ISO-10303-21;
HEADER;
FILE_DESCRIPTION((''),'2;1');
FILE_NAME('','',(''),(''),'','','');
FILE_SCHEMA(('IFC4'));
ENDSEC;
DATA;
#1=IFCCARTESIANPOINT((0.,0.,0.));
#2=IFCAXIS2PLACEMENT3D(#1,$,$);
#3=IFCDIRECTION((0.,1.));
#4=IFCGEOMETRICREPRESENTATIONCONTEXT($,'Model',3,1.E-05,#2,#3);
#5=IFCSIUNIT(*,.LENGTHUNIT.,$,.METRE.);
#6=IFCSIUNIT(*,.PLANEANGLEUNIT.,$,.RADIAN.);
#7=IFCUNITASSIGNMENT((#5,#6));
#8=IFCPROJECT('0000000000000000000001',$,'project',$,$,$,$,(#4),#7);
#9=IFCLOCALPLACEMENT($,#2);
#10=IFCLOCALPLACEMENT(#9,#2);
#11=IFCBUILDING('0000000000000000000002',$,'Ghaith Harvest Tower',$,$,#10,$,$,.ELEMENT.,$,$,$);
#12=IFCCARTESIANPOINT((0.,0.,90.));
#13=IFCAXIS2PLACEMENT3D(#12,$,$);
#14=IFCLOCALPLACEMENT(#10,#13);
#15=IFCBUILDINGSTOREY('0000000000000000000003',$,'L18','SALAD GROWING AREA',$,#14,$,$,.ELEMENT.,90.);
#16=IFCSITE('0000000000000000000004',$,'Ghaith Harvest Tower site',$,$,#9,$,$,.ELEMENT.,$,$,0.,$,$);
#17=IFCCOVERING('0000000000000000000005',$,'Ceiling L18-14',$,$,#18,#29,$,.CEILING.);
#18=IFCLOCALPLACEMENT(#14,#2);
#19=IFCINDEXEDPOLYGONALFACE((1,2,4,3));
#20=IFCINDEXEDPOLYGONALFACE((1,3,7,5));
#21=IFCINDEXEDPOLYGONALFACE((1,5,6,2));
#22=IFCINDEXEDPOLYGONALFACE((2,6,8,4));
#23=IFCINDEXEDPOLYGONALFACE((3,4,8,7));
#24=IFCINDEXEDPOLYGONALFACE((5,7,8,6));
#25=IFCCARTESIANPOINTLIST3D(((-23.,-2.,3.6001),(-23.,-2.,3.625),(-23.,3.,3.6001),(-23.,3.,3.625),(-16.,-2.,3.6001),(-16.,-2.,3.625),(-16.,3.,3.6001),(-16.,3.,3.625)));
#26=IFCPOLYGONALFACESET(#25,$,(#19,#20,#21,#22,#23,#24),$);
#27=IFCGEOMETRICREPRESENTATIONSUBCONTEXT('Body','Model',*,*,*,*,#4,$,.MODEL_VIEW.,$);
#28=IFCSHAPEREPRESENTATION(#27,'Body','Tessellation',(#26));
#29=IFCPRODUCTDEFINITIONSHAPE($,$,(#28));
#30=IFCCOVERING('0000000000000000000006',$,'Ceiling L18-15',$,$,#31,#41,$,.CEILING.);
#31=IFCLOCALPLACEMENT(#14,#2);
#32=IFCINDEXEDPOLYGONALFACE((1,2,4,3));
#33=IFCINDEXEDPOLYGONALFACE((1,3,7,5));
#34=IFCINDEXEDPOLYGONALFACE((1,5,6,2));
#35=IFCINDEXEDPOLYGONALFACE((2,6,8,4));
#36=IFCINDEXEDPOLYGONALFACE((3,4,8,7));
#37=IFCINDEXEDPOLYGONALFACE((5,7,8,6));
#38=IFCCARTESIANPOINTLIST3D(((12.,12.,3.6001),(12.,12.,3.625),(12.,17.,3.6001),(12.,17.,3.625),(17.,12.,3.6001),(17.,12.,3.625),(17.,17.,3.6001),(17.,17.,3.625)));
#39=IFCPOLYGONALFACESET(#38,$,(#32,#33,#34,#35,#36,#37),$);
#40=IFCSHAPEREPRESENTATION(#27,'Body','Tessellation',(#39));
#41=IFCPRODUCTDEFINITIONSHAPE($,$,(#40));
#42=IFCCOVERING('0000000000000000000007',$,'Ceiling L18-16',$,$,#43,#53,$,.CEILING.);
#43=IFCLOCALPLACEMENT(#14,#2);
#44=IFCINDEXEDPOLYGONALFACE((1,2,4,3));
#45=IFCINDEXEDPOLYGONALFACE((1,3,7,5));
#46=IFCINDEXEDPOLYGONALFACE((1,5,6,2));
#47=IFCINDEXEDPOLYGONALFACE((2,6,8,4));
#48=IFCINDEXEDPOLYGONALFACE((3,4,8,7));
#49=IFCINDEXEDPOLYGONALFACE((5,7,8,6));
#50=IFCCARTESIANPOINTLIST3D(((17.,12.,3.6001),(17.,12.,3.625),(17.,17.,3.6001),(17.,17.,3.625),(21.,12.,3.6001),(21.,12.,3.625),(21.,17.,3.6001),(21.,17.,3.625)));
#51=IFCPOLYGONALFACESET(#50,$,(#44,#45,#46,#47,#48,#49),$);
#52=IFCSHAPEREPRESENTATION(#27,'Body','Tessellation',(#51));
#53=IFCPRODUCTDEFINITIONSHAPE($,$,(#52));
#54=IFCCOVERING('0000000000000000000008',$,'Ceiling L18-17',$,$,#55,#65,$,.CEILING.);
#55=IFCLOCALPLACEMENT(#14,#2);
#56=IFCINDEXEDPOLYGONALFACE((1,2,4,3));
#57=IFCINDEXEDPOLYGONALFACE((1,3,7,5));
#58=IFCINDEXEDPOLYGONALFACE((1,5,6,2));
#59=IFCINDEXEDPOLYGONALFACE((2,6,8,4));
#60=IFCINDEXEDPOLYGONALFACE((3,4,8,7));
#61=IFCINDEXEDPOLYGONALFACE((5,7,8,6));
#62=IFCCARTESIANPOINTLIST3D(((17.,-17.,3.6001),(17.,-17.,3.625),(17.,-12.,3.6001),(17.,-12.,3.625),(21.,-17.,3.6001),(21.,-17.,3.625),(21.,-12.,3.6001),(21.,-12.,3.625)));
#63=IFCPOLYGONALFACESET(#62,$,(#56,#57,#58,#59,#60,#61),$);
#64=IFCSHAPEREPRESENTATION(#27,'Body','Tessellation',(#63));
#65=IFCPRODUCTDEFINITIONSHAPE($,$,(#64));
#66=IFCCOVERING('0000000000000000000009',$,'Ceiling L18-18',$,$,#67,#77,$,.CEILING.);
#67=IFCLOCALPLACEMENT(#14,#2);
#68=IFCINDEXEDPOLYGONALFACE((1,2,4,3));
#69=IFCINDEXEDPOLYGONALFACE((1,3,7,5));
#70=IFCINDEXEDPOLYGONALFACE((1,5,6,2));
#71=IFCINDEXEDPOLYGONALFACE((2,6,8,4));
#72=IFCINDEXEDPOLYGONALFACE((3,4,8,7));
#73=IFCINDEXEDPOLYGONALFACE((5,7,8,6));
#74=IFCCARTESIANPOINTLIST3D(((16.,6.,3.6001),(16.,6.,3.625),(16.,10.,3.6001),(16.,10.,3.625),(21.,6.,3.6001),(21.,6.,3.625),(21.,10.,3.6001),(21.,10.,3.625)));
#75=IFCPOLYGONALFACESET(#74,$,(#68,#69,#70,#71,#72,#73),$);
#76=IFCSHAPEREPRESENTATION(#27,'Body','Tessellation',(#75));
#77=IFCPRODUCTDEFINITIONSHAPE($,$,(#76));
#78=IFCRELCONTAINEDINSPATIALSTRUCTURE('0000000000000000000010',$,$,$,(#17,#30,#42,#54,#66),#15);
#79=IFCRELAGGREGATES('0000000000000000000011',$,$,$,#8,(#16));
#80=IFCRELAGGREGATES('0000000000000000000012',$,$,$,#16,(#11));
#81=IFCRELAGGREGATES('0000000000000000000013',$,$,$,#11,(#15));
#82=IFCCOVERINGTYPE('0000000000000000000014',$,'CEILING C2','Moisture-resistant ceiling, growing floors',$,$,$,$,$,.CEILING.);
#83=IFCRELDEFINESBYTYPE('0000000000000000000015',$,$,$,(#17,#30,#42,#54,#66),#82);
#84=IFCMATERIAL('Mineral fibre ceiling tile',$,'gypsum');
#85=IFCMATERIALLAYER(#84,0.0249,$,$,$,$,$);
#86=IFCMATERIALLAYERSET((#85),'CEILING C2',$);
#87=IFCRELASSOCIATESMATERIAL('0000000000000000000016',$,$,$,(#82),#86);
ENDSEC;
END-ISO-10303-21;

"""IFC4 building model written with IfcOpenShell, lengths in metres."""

from ifc_helpers import new_model, si_unit, direction, frame, origin, place, context, subcontext, project, spatial, polyline, outline, extrude, material, layer, layer_set, type_object, element, save


model = new_model("IFC4")

# Units and contexts
model_context = context("Model", 3, precision=1e-05, world=origin(), true_north=direction((0.0, 1.0)))
body_context = subcontext(model_context, "Body", "Model", "MODEL_VIEW")
ifc_project = project(units=[si_unit("LENGTHUNIT", "METRE"), si_unit("PLANEANGLEUNIT", "RADIAN")], contexts=[model_context])

# Site, building, storey
site_placement = place(None, origin())
site = spatial("IfcSite", under=ifc_project, at=site_placement, Name="Ghaith Harvest Tower site", CompositionType="ELEMENT", RefElevation=0.0)
building_placement = place(site_placement, origin())
building = spatial("IfcBuilding", under=site, at=building_placement, Name="Ghaith Harvest Tower", CompositionType="ELEMENT")
storey_placement = place(building_placement, frame((0.0, 0.0, 90.0)))
storey = spatial("IfcBuildingStorey", under=building, at=storey_placement, Name="L18", Description="SALAD GROWING AREA", CompositionType="ELEMENT", Elevation=90.0)

# Coverings
ifc_material_1 = material(Name="Mineral fibre ceiling tile", Category="gypsum")
ifc_layer_1 = layer(ifc_material_1, 0.0249)
ifc_layer_set_1 = layer_set([ifc_layer_1], Name="CEILING C2")
covering_type = type_object("IfcCoveringType", Name="CEILING C2", Description="Moisture-resistant ceiling, growing floors", PredefinedType="CEILING", material=ifc_layer_set_1)
covering_1_placement = place(storey_placement, frame((0.0, 0.0, 3.6001)))
element("IfcCovering", 1, at=covering_1_placement, inside=storey, type_object=covering_type, Name="Ceiling L18-14", PredefinedType="CEILING", context=body_context, shape_type="SweptSolid", body=[
    extrude(outline(polyline([(-23.0, -2.0), (-16.0, -2.0), (-16.0, 3.0), (-23.0, 3.0), (-23.0, -2.0)])), origin(), (0.0, 0.0, 1.0), 0.0249),
])
covering_2_placement = place(storey_placement, frame((0.0, 0.0, 3.6001)))
element("IfcCovering", 2, at=covering_2_placement, inside=storey, type_object=covering_type, Name="Ceiling L18-15", PredefinedType="CEILING", context=body_context, shape_type="SweptSolid", body=[
    extrude(outline(polyline([(12.0, 12.0), (17.0, 12.0), (17.0, 17.0), (12.0, 17.0), (12.0, 12.0)])), origin(), (0.0, 0.0, 1.0), 0.0249),
])
covering_3_placement = place(storey_placement, frame((0.0, 0.0, 3.6001)))
element("IfcCovering", 3, at=covering_3_placement, inside=storey, type_object=covering_type, Name="Ceiling L18-16", PredefinedType="CEILING", context=body_context, shape_type="SweptSolid", body=[
    extrude(outline(polyline([(17.0, 12.0), (21.0, 12.0), (21.0, 17.0), (17.0, 17.0), (17.0, 12.0)])), origin(), (0.0, 0.0, 1.0), 0.0249),
])
covering_4_placement = place(storey_placement, frame((0.0, 0.0, 3.6001)))
element("IfcCovering", 4, at=covering_4_placement, inside=storey, type_object=covering_type, Name="Ceiling L18-17", PredefinedType="CEILING", context=body_context, shape_type="SweptSolid", body=[
    extrude(outline(polyline([(17.0, -17.0), (21.0, -17.0), (21.0, -12.0), (17.0, -12.0), (17.0, -17.0)])), origin(), (0.0, 0.0, 1.0), 0.0249),
])
covering_5_placement = place(storey_placement, frame((0.0, 0.0, 3.6001)))
element("IfcCovering", 5, at=covering_5_placement, inside=storey, type_object=covering_type, Name="Ceiling L18-18", PredefinedType="CEILING", context=body_context, shape_type="SweptSolid", body=[
    extrude(outline(polyline([(16.0, 6.0), (21.0, 6.0), (21.0, 10.0), (16.0, 10.0), (16.0, 6.0)])), origin(), (0.0, 0.0, 1.0), 0.0249),
])

save(model, "model.ifc")
